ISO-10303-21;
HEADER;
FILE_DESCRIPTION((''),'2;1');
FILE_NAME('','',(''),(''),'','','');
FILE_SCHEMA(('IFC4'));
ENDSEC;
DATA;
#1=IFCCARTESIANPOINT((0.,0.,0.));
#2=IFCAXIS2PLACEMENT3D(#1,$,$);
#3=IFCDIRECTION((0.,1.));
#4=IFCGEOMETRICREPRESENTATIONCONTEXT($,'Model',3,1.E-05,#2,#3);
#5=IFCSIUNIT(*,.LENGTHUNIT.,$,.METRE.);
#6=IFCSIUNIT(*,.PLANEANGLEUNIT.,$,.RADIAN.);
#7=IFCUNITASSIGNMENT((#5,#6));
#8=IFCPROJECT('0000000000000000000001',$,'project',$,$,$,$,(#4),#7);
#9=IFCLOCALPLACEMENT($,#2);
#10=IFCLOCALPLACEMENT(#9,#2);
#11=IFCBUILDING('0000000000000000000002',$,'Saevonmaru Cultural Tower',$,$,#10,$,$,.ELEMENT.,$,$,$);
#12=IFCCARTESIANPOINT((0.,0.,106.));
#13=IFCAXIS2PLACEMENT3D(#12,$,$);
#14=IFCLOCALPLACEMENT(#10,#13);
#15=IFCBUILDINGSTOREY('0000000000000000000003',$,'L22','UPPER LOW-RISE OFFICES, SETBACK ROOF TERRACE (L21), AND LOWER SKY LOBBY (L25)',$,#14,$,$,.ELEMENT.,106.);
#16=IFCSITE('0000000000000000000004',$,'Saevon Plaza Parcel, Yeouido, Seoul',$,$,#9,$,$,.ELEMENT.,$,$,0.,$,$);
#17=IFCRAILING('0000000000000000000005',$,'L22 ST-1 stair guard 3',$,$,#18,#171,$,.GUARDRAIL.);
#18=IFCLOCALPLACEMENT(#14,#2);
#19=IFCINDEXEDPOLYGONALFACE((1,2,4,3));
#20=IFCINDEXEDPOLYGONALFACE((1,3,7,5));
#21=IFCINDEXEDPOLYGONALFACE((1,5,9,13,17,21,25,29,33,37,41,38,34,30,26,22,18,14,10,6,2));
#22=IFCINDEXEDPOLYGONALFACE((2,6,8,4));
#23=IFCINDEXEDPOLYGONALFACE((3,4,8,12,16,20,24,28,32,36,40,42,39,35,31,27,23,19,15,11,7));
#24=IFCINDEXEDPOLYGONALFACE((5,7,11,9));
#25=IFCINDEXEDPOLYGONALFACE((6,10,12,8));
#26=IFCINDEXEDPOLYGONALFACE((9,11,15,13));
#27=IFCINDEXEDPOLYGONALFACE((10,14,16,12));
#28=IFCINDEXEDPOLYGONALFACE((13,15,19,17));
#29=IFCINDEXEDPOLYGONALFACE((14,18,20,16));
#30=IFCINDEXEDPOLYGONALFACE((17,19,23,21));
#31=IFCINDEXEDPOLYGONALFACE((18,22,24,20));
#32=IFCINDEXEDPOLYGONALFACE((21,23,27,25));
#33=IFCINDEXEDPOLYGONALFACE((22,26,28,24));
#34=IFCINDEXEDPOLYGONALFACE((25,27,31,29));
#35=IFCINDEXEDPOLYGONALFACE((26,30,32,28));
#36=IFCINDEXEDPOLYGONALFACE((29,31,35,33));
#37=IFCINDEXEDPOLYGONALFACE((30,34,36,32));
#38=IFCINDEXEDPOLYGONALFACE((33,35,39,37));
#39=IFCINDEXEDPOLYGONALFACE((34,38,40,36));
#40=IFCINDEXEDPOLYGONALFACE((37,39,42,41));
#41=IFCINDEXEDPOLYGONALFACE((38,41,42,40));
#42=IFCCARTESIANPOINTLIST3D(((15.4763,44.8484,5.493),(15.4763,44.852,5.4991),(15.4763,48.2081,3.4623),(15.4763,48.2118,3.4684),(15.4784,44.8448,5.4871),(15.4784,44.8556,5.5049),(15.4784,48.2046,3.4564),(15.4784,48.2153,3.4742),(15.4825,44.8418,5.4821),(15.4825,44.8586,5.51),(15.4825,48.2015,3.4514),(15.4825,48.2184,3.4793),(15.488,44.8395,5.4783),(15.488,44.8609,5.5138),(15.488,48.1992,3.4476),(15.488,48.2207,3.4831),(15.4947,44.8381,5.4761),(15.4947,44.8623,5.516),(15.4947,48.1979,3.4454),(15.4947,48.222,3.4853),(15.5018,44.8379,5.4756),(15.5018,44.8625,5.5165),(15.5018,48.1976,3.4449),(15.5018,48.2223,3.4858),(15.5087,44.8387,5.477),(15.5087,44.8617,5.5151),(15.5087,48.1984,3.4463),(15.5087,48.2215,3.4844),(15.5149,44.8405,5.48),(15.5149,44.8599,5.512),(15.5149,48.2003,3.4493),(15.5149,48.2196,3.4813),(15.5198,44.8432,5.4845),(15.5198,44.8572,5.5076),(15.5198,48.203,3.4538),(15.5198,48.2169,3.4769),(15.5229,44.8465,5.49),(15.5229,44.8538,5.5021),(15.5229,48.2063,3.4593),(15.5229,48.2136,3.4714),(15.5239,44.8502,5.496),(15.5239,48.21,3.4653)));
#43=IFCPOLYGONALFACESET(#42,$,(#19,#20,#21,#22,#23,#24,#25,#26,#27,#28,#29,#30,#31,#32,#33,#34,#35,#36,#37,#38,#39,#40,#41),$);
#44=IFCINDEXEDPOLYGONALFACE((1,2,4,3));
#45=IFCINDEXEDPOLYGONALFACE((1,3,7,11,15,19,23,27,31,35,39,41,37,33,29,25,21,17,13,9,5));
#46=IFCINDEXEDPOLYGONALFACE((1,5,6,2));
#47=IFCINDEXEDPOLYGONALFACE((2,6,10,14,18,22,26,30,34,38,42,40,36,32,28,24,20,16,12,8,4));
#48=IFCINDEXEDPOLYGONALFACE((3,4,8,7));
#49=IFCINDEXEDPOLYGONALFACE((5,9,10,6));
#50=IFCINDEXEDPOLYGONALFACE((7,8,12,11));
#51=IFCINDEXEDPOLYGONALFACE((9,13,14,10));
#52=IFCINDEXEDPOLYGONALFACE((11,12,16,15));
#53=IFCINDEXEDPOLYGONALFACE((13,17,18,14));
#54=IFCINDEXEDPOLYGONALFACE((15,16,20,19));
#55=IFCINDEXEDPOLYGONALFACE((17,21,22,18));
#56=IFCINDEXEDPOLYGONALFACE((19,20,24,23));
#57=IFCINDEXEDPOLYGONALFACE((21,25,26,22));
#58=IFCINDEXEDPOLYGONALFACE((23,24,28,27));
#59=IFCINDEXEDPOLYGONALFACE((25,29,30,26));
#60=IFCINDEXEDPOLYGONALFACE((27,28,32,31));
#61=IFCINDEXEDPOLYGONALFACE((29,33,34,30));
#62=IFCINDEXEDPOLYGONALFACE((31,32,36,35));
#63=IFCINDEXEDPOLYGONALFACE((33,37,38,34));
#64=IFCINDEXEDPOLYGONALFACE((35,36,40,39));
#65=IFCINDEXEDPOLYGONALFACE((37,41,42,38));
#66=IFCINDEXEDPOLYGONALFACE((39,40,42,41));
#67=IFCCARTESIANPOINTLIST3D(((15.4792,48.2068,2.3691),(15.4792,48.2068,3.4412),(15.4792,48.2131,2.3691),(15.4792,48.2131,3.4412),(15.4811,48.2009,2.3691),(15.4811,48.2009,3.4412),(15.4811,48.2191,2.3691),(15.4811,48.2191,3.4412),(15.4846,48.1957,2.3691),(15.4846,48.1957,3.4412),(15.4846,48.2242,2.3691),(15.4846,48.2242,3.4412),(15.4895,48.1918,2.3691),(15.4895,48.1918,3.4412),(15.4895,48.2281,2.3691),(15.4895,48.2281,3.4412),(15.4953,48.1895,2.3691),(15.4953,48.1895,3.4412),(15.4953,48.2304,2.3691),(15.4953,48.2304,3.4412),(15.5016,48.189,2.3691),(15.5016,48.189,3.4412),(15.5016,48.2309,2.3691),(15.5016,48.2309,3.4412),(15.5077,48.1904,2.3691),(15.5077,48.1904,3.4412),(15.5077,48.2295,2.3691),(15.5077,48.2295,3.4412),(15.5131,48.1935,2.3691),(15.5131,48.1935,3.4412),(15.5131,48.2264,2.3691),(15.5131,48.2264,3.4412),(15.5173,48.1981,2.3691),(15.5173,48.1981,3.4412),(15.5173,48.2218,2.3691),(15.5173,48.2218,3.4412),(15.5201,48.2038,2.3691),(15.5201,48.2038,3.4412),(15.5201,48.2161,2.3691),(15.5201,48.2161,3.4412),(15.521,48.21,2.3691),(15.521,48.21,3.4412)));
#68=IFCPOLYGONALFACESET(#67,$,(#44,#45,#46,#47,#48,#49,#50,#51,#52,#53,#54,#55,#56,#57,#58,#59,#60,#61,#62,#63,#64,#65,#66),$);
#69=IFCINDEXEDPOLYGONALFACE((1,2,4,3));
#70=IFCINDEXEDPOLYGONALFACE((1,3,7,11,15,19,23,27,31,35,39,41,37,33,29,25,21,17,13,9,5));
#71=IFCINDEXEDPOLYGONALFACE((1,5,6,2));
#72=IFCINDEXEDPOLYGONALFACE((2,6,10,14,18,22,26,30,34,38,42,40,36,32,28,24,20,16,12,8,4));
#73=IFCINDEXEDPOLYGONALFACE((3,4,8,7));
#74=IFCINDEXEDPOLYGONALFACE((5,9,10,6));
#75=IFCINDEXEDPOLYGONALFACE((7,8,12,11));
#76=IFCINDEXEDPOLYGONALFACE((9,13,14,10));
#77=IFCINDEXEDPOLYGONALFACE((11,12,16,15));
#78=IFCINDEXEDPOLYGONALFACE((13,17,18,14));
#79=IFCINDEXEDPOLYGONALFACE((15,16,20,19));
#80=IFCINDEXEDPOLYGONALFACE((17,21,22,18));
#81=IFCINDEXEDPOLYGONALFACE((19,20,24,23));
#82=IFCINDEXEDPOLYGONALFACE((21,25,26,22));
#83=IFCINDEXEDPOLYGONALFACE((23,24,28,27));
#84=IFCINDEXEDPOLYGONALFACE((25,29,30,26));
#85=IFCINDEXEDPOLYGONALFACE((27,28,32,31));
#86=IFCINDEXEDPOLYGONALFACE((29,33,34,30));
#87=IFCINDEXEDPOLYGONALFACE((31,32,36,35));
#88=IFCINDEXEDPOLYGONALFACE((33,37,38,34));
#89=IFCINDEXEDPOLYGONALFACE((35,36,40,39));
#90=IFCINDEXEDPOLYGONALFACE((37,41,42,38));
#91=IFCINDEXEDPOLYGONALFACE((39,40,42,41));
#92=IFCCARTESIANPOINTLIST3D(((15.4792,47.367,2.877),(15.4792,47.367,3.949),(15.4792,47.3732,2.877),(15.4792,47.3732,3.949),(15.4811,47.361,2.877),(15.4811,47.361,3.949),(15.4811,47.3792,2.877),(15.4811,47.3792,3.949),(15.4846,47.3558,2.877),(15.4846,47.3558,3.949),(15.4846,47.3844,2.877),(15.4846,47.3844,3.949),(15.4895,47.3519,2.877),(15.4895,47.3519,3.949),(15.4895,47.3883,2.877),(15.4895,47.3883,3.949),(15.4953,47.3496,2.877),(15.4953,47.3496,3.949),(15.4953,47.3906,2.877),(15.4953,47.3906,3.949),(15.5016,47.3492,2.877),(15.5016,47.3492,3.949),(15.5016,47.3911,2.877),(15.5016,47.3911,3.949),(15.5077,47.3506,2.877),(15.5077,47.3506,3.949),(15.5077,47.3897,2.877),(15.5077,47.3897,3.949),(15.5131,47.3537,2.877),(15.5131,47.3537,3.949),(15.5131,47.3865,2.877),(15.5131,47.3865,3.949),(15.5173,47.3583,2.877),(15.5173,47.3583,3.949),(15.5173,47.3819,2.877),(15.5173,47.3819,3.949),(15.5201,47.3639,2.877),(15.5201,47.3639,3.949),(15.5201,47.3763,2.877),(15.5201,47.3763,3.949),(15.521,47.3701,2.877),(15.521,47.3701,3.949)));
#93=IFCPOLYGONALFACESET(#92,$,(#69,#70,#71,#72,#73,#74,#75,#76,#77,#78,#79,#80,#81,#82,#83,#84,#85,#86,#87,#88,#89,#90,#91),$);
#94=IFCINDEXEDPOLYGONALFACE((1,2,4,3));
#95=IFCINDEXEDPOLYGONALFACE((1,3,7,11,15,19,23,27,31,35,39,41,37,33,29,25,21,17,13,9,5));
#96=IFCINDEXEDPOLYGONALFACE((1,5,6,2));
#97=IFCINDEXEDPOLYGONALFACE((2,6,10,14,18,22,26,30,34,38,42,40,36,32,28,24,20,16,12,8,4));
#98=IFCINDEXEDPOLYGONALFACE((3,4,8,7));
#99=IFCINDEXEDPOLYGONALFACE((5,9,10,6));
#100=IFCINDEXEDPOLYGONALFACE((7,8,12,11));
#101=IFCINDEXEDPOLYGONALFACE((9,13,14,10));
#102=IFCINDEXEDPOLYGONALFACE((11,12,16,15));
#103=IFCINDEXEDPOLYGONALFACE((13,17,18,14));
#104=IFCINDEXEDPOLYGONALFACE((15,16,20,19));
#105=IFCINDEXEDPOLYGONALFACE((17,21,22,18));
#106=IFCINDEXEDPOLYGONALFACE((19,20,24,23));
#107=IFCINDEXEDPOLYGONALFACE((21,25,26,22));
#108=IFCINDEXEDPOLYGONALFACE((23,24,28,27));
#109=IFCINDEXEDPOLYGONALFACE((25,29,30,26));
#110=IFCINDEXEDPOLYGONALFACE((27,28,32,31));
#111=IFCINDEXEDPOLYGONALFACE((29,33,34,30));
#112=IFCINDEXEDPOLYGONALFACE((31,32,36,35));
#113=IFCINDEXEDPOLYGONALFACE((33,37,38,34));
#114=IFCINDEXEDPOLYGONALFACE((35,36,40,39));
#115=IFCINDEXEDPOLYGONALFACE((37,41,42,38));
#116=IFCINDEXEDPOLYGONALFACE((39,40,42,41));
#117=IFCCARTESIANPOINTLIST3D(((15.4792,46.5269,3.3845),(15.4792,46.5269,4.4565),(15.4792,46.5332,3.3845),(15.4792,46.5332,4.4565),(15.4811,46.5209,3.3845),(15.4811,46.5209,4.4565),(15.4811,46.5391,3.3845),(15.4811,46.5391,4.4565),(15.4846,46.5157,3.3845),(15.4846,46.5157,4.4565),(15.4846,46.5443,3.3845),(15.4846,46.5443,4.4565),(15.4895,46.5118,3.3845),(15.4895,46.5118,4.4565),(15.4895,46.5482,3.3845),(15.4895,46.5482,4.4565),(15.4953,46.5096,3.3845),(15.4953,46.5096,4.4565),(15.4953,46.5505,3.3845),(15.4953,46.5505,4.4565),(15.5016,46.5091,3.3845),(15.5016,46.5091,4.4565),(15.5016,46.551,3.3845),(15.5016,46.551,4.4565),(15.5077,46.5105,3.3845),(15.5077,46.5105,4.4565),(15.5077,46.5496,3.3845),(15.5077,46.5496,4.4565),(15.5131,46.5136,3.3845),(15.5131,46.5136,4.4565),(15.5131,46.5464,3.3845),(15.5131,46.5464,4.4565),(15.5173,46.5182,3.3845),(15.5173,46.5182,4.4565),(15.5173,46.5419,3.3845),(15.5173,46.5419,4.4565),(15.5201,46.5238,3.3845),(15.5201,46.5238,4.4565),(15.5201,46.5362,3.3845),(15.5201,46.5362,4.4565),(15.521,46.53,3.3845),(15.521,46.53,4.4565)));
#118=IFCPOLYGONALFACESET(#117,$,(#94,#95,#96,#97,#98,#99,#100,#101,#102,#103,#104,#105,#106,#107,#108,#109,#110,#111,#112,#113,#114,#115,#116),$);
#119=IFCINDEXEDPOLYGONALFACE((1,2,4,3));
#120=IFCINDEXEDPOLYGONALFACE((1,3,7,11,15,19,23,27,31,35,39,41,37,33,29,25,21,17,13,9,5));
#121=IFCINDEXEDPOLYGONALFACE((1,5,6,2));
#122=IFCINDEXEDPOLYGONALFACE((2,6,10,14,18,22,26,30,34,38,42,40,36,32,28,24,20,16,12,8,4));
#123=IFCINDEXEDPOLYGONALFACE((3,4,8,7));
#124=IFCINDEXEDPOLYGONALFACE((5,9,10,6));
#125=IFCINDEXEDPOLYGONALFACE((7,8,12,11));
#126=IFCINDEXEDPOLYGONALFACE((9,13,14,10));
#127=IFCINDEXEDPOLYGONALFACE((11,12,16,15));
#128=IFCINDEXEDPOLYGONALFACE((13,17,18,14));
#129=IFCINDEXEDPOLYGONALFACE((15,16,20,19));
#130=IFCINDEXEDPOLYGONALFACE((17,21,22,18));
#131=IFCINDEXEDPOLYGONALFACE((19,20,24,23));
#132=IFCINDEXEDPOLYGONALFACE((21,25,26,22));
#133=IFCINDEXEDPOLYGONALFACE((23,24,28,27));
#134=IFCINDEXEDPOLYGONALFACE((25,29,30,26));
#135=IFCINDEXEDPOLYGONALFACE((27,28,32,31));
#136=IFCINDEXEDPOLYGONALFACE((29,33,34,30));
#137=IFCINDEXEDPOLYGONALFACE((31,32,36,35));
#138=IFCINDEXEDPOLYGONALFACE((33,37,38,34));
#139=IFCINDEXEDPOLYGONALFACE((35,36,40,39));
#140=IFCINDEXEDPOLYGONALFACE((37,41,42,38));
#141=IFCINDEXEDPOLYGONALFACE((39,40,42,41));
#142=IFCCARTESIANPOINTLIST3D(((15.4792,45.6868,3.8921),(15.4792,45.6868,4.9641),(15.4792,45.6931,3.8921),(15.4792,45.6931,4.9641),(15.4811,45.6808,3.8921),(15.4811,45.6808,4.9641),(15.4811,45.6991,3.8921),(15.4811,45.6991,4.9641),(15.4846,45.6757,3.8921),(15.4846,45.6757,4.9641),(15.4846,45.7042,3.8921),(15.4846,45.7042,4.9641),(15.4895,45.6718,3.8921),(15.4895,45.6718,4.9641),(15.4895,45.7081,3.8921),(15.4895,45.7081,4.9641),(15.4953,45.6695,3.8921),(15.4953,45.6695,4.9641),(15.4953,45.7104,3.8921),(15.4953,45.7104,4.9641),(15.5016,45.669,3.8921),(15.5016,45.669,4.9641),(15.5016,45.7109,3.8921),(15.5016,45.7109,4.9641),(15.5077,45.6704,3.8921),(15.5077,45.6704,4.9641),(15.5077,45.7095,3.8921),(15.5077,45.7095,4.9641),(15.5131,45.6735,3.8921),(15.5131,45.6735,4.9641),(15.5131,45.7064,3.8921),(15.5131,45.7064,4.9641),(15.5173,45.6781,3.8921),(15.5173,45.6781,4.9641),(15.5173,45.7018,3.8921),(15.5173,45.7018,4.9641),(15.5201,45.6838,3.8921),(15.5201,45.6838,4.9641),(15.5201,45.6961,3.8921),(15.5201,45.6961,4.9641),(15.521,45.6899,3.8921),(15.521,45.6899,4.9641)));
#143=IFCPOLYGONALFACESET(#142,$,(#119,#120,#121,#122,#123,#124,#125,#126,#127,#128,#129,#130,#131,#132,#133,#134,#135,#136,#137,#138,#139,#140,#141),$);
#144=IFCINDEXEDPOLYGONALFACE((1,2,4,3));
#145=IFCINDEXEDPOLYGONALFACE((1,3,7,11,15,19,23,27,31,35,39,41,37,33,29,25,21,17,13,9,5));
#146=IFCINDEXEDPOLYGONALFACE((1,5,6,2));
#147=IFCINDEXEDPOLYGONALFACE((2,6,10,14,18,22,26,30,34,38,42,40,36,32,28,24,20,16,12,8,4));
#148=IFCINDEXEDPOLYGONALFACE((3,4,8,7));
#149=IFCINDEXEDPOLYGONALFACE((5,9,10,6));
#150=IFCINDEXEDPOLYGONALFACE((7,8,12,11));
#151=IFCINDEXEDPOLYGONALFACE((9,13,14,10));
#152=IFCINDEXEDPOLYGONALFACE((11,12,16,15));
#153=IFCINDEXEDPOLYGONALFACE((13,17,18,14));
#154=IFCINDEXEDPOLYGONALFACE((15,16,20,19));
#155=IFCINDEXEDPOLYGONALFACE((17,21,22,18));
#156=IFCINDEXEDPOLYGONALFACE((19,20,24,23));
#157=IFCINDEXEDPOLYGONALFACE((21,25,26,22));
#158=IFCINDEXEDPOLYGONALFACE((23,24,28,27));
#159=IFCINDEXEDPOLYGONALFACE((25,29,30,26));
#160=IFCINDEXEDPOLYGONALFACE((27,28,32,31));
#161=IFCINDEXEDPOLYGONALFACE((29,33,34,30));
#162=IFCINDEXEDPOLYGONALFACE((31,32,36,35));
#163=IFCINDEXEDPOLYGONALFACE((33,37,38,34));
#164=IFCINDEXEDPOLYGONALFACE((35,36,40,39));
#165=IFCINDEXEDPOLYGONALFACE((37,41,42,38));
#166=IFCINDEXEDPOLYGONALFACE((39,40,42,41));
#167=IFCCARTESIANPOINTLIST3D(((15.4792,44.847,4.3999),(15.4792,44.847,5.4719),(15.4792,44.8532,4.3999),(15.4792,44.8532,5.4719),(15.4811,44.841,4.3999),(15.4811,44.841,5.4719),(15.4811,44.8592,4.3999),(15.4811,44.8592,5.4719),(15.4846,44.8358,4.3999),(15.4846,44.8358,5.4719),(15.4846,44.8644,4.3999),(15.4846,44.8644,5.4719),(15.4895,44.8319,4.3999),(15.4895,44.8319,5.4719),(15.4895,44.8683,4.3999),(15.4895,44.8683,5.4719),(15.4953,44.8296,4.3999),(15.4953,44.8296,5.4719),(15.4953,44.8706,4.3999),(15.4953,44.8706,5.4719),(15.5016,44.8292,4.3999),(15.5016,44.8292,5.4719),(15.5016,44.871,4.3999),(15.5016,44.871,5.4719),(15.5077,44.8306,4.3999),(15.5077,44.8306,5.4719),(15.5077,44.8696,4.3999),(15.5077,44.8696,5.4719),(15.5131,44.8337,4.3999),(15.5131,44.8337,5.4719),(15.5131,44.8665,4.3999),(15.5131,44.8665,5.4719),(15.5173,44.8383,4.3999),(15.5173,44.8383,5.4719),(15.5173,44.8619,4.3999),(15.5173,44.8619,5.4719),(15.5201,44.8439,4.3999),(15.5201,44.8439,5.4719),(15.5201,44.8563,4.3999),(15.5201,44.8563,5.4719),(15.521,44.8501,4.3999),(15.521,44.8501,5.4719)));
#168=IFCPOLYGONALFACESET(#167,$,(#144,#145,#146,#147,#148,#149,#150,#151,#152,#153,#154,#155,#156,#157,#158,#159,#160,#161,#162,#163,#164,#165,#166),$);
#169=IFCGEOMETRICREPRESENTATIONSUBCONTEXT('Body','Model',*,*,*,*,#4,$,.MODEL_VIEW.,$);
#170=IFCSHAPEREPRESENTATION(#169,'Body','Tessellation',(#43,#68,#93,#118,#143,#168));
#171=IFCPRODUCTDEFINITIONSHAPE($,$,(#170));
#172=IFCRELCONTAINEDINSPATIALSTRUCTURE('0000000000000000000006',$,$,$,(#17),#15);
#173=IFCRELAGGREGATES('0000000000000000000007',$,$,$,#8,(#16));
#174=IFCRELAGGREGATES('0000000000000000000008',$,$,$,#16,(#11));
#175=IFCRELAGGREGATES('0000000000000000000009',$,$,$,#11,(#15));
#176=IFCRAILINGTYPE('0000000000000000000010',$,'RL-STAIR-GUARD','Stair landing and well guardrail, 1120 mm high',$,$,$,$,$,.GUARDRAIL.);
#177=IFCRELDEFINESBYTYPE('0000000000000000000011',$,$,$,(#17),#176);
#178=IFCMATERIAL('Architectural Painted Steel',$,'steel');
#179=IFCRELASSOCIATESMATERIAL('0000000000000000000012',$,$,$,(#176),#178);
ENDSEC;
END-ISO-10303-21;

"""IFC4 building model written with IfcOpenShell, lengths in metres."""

from ifc_helpers import new_model, si_unit, direction, frame, origin, origin_2d, place, context, subcontext, project, spatial, circle, extrude, material, type_object, element, save


model = new_model("IFC4")

# Units and contexts
model_context = context("Model", 3, precision=1e-05, world=origin(), true_north=direction((0.0, 1.0)))
body_context = subcontext(model_context, "Body", "Model", "MODEL_VIEW")
ifc_project = project(units=[si_unit("LENGTHUNIT", "METRE"), si_unit("PLANEANGLEUNIT", "RADIAN")], contexts=[model_context])

# Site, building, storey
site_placement = place(None, origin())
site = spatial("IfcSite", under=ifc_project, at=site_placement, Name="Saevon Plaza Parcel, Yeouido, Seoul", CompositionType="ELEMENT", RefElevation=0.0)
building_placement = place(site_placement, origin())
building = spatial("IfcBuilding", under=site, at=building_placement, Name="Saevonmaru Cultural Tower", CompositionType="ELEMENT")
storey_placement = place(building_placement, frame((0.0, 0.0, 106.0)))
storey = spatial("IfcBuildingStorey", under=building, at=storey_placement, Name="L22", Description="UPPER LOW-RISE OFFICES, SETBACK ROOF TERRACE (L21), AND LOWER SKY LOBBY (L25)", CompositionType="ELEMENT", Elevation=106.0)

# Railing
ifc_material_1 = material(Name="Architectural Painted Steel", Category="steel")
railing_type_1 = type_object("IfcRailingType", Name="RL-STAIR-GUARD", Description="Stair landing and well guardrail, 1120 mm high", PredefinedType="GUARDRAIL", material=ifc_material_1)
railing_1_placement = place(storey_placement, frame((15.5, 48.21, 2.3691)))
element("IfcRailing", 1, at=railing_1_placement, inside=storey, type_object=railing_type_1, Name="L22 ST-1 stair guard 3", PredefinedType="GUARDRAIL", context=body_context, shape_type="SweptSolid", body=[
    extrude(circle(Radius=0.0239, at=origin_2d()), frame((0.0, 0.0, 1.0962), z_axis=(0.0, -0.85582, 0.517273), x_axis=(1.0, 0.0, 0.0)), (0.0, 0.0, 1.0), 3.9258),
    extrude(circle(Radius=0.021, at=origin_2d()), origin(), (0.0, 0.0, 1.0), 1.072),
    extrude(circle(Radius=0.021, at=origin_2d()), frame((0.0, -0.8398, 0.5078)), (0.0, 0.0, 1.0), 1.072),
    extrude(circle(Radius=0.021, at=origin_2d()), frame((0.0, -1.6799, 1.0154)), (0.0, 0.0, 1.0), 1.072),
    extrude(circle(Radius=0.021, at=origin_2d()), frame((0.0, -2.52, 1.5229)), (0.0, 0.0, 1.0), 1.072),
    extrude(circle(Radius=0.021, at=origin_2d()), frame((0.0, -3.3599, 2.0308)), (0.0, 0.0, 1.0), 1.072),
])

save(model, "model.ifc")
